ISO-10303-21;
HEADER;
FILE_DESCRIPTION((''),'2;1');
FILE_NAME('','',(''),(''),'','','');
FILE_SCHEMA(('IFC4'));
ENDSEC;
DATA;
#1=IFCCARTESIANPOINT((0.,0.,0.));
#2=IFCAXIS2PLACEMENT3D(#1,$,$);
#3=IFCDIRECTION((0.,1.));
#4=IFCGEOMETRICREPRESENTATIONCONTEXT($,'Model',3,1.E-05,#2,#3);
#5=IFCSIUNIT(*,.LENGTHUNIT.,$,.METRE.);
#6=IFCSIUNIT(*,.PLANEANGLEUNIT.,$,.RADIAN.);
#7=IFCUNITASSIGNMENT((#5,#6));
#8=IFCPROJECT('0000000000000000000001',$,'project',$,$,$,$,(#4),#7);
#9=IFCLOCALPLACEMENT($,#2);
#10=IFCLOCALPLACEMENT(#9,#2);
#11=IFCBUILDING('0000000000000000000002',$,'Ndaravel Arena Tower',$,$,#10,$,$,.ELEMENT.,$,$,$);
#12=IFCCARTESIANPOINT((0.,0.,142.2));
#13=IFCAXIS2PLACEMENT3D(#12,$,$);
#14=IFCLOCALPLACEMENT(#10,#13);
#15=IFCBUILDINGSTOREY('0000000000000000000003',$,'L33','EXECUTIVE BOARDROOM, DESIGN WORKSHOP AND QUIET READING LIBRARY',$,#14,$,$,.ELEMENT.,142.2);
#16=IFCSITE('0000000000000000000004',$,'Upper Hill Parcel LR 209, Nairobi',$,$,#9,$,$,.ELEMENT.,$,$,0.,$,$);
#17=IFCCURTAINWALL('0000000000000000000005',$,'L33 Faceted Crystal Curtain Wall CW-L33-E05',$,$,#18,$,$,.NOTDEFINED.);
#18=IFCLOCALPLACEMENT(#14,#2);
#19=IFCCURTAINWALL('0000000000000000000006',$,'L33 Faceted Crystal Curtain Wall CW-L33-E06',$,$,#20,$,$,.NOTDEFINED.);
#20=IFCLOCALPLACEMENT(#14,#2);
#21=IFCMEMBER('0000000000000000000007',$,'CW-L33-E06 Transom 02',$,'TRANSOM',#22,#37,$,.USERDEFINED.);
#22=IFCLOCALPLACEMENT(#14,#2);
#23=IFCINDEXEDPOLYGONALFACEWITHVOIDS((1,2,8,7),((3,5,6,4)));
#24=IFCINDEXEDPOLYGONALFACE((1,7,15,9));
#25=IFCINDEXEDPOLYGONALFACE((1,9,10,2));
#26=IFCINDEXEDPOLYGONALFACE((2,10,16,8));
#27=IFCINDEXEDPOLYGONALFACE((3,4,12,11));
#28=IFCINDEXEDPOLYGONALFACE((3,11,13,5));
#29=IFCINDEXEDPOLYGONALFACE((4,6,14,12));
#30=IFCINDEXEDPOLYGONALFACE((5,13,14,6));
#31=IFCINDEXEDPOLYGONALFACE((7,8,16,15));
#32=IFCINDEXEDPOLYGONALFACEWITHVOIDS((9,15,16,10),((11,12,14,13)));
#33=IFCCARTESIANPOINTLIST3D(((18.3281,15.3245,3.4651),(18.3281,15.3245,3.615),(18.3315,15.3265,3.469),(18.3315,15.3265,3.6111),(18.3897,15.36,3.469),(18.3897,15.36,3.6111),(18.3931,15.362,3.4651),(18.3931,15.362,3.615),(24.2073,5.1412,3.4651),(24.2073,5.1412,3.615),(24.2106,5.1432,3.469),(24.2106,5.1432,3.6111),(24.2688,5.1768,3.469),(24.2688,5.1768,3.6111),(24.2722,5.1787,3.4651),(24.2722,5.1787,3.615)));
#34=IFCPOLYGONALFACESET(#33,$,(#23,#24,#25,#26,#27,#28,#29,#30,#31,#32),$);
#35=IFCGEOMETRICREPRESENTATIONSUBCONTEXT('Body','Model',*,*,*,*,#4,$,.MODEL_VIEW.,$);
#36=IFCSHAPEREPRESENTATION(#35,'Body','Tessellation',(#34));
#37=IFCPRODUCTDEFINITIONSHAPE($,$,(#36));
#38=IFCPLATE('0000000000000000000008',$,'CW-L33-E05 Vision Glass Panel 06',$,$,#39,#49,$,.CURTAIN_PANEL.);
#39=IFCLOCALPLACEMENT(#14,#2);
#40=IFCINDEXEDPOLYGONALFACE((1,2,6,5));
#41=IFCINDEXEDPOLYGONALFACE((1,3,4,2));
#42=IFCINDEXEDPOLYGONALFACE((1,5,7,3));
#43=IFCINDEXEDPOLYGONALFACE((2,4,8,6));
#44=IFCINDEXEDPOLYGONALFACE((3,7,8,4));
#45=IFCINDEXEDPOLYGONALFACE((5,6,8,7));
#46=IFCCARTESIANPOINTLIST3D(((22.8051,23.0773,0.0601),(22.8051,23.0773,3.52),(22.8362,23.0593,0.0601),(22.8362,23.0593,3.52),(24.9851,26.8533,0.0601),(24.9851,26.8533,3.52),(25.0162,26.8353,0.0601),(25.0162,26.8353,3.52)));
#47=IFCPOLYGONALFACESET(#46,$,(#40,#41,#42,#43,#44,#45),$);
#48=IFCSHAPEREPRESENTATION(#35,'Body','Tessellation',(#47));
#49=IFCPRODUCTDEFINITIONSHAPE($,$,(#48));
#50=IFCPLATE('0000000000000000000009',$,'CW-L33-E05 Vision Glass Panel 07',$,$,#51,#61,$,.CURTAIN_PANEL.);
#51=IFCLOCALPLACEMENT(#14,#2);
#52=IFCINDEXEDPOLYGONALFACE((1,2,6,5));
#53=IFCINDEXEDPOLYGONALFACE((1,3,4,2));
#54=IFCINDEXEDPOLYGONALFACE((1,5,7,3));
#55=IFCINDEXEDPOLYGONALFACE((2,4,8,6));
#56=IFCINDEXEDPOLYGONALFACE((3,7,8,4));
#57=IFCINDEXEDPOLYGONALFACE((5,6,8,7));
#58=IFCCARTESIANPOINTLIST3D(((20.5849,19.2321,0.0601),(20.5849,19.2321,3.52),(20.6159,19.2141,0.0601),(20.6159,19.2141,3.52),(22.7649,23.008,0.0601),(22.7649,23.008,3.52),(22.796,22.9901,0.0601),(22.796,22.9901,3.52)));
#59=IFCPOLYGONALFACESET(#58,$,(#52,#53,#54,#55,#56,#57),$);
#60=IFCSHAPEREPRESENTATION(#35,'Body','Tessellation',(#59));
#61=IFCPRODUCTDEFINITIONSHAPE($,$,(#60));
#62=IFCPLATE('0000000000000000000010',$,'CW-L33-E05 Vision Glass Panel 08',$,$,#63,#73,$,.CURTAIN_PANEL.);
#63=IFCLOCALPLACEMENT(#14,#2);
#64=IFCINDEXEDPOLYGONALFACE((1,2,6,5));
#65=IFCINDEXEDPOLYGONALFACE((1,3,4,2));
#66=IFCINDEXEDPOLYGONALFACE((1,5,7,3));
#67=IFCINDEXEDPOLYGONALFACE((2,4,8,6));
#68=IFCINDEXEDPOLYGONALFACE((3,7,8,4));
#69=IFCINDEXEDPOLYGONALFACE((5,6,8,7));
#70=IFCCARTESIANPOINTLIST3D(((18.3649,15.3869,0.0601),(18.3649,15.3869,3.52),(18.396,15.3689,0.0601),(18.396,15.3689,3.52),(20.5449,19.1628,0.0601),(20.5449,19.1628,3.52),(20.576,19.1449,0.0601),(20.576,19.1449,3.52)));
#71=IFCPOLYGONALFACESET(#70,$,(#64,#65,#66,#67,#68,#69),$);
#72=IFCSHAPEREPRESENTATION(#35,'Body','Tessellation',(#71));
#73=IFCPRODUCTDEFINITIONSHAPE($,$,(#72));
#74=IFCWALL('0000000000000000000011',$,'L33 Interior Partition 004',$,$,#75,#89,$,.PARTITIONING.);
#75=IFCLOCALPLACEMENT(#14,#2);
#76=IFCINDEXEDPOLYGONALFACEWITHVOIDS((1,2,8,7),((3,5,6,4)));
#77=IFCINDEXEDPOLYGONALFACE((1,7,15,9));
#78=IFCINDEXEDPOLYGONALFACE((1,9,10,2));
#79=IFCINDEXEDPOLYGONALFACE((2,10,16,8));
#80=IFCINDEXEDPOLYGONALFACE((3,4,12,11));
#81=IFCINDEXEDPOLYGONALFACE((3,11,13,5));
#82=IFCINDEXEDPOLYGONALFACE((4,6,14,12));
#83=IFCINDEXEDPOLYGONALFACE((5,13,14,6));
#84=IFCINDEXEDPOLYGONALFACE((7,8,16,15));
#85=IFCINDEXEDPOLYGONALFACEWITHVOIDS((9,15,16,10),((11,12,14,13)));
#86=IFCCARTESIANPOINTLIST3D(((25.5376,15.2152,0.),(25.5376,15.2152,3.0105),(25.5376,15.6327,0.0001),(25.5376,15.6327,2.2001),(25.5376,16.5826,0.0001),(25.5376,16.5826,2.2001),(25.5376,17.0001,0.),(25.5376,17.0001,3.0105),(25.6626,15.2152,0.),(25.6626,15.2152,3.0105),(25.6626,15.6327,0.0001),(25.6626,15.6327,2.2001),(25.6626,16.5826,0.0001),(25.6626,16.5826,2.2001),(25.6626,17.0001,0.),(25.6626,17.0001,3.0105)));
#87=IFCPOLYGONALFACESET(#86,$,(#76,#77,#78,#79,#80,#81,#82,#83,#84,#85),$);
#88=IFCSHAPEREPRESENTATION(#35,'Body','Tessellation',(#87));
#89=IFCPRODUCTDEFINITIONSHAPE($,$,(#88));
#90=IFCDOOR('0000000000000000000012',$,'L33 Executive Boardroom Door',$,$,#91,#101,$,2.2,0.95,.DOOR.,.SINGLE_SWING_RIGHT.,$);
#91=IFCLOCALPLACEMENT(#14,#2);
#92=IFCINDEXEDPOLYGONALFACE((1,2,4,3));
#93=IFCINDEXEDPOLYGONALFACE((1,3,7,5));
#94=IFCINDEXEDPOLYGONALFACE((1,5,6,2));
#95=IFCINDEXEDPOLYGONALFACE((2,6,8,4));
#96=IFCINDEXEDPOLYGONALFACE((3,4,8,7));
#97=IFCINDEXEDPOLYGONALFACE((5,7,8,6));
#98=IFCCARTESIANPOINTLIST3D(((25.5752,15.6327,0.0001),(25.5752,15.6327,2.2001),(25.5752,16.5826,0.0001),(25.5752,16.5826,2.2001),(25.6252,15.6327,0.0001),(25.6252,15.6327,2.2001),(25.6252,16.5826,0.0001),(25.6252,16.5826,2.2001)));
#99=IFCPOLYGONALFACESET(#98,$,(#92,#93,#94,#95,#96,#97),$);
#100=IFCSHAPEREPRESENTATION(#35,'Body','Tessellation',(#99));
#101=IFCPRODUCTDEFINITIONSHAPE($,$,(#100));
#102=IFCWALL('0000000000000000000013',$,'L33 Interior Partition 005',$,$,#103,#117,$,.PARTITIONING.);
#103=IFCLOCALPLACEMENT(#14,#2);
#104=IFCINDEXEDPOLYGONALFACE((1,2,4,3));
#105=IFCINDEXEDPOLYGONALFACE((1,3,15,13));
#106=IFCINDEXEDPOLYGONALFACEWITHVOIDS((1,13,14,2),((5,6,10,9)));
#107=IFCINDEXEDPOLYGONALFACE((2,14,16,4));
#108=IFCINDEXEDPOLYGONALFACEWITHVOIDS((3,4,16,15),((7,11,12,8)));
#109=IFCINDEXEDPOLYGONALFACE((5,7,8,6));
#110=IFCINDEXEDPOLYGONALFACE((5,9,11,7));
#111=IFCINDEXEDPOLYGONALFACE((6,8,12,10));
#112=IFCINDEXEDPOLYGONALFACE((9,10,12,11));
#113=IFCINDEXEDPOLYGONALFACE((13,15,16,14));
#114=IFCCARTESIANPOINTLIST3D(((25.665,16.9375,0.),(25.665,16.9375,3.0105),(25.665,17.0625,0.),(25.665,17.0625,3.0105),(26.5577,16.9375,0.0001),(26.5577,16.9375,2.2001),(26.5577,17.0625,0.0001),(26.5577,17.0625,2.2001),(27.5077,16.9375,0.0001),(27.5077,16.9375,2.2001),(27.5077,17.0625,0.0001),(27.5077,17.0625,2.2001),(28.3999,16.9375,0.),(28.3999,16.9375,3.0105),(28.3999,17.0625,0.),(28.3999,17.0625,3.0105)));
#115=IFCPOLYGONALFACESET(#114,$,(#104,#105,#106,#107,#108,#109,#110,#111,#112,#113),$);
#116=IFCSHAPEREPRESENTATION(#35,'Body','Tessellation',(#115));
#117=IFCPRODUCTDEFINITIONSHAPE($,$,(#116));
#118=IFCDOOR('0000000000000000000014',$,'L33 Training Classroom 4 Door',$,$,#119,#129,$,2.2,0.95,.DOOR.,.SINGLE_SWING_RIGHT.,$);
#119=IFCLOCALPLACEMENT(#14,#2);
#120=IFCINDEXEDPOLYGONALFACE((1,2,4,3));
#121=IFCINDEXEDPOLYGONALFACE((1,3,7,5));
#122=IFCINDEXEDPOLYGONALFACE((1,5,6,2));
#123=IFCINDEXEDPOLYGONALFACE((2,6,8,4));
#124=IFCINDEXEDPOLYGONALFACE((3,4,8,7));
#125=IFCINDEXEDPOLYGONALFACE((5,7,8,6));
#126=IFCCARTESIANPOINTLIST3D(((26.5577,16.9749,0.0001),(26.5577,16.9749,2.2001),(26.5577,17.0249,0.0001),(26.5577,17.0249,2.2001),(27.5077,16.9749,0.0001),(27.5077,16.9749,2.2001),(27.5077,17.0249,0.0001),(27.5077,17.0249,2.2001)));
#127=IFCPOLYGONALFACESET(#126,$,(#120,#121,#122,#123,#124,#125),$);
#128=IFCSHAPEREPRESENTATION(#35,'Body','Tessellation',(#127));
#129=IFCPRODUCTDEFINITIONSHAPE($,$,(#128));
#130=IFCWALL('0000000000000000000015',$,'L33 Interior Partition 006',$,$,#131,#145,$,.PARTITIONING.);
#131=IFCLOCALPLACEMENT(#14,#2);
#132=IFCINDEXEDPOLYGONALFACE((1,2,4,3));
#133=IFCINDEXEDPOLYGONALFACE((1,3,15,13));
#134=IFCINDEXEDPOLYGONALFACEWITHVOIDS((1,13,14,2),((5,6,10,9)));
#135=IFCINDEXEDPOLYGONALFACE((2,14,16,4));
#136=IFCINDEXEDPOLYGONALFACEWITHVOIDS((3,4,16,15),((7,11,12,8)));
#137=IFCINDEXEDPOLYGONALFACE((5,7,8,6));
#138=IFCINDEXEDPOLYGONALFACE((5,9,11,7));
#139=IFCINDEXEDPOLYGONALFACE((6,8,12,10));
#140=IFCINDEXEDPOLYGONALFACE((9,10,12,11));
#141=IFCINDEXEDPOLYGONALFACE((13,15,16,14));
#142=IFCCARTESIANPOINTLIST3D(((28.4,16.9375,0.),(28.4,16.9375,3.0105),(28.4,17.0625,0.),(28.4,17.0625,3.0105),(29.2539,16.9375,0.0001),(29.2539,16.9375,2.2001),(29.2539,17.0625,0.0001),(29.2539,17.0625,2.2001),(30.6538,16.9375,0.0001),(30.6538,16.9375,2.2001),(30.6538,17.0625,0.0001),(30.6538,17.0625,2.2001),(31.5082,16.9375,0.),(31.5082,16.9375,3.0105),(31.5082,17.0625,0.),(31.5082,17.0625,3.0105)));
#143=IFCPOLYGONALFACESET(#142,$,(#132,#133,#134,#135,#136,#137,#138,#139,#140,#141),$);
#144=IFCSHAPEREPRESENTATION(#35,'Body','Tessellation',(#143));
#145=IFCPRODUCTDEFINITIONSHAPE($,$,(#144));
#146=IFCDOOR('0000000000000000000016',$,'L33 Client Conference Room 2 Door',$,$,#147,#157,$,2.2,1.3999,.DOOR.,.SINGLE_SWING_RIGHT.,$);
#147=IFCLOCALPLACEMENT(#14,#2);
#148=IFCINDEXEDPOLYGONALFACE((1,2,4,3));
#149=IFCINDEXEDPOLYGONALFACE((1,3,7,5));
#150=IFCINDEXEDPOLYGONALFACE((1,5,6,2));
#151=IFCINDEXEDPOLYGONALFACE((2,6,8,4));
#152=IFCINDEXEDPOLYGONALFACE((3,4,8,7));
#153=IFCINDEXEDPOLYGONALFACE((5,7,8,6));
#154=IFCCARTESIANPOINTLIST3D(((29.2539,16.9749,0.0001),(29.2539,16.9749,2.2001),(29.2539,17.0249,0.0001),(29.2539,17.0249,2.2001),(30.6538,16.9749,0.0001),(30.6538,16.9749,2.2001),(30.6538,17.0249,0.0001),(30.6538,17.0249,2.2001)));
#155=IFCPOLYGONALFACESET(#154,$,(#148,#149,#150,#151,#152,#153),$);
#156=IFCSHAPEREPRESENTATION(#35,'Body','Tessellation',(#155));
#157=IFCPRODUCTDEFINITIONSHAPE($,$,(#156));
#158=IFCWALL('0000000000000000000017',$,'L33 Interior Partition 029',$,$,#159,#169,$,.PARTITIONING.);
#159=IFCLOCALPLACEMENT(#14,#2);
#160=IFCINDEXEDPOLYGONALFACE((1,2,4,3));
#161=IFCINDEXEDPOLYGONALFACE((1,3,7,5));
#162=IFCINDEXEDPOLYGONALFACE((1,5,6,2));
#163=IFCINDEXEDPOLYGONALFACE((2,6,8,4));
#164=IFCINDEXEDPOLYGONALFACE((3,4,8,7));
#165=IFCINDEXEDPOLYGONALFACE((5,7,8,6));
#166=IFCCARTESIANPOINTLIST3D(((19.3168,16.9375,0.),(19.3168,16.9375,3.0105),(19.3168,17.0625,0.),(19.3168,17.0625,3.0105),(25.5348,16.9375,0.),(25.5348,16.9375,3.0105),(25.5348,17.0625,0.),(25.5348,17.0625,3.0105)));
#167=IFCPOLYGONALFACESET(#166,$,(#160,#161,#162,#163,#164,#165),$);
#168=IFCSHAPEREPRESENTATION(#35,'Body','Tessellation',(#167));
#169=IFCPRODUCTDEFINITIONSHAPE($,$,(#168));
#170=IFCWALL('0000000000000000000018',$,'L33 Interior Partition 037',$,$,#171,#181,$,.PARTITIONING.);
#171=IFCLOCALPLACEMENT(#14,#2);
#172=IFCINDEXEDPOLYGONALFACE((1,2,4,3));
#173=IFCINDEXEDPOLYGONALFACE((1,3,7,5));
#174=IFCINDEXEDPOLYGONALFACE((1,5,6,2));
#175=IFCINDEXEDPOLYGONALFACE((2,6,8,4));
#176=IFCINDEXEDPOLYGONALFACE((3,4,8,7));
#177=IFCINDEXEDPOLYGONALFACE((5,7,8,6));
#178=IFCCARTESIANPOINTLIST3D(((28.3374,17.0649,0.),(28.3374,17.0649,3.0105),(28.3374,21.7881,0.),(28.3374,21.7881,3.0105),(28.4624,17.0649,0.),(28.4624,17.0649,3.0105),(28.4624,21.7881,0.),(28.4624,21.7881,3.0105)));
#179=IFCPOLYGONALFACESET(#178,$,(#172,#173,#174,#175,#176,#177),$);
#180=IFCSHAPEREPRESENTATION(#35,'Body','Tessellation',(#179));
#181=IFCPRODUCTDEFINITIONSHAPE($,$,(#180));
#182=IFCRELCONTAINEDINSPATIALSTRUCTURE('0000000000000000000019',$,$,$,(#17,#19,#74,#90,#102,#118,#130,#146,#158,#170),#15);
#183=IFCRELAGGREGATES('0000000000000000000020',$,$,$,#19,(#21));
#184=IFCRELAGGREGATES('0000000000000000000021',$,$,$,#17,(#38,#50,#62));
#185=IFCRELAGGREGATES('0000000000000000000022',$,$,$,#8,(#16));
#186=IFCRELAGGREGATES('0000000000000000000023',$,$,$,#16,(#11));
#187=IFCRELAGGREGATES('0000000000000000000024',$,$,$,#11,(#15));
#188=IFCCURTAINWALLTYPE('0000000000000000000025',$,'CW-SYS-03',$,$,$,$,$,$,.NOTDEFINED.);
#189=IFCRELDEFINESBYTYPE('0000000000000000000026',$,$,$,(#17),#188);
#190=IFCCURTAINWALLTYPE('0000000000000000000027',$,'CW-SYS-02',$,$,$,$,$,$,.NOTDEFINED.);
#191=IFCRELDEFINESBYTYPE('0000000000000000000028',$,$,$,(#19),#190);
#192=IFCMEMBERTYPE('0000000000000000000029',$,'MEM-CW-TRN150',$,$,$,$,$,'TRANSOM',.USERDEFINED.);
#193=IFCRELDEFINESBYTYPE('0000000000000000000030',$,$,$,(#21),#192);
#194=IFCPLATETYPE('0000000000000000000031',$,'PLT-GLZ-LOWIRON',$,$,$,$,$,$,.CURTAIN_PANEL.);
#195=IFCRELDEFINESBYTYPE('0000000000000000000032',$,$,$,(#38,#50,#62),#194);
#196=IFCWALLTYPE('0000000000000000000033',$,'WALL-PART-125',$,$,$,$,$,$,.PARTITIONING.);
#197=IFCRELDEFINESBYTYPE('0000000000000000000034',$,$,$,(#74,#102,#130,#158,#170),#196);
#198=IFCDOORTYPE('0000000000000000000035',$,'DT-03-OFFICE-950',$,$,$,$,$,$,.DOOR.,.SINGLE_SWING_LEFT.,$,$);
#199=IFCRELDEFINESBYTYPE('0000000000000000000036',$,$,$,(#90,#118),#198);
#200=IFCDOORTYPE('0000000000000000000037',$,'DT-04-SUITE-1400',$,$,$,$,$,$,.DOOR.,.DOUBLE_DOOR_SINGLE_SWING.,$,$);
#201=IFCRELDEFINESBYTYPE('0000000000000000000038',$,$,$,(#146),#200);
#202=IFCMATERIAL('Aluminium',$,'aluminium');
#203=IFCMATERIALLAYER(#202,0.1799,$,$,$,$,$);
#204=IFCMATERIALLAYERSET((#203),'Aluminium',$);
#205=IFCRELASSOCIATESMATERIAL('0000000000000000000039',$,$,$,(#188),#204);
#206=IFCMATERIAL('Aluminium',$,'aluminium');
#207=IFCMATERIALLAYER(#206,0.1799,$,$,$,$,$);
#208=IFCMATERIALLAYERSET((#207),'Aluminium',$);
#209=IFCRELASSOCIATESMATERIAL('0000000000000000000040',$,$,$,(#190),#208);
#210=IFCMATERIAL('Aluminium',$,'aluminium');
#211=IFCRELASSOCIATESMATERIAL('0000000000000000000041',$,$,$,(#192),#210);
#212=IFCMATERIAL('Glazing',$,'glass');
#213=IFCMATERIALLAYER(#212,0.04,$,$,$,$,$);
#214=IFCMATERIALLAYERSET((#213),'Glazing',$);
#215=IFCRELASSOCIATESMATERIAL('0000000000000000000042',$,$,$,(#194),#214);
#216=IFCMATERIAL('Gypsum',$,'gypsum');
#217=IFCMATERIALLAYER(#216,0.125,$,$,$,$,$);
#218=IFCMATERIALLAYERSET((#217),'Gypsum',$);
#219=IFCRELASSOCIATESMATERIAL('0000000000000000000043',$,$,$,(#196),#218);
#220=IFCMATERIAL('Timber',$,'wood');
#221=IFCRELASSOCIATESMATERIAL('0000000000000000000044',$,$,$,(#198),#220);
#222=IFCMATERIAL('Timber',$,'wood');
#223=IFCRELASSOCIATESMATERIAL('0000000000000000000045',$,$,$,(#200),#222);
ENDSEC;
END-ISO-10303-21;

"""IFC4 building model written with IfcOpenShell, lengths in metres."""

from ifc_helpers import new_model, si_unit, direction, frame, frame_2d, origin, origin_2d, place, context, subcontext, project, spatial, rectangle, hollow_rectangle, extrude, material, layer, layer_set, material_profile, profile_set, type_object, element, fill, aggregate, save


model = new_model("IFC4")

# Units and contexts
model_context = context("Model", 3, precision=1e-05, world=origin(), true_north=direction((0.0, 1.0)))
body_context = subcontext(model_context, "Body", "Model", "MODEL_VIEW")
ifc_project = project(units=[si_unit("LENGTHUNIT", "METRE"), si_unit("PLANEANGLEUNIT", "RADIAN")], contexts=[model_context])

# Site, building, storey
site_placement = place(None, origin())
site = spatial("IfcSite", under=ifc_project, at=site_placement, Name="Upper Hill Parcel LR 209, Nairobi", CompositionType="ELEMENT", RefElevation=0.0)
building_placement = place(site_placement, origin())
building = spatial("IfcBuilding", under=site, at=building_placement, Name="Ndaravel Arena Tower", CompositionType="ELEMENT")
storey_placement = place(building_placement, frame((0.0, 0.0, 142.2)))
storey = spatial("IfcBuildingStorey", under=building, at=storey_placement, Name="L33", Description="EXECUTIVE BOARDROOM, DESIGN WORKSHOP AND QUIET READING LIBRARY", CompositionType="ELEMENT", Elevation=142.2)

# Curtain walls, member
ifc_material_1 = material(Name="Aluminium", Category="aluminium")
ifc_layer_1 = layer(ifc_material_1, 0.1799)
ifc_layer_set_1 = layer_set([ifc_layer_1], Name="Aluminium")
curtain_wall_type_1 = type_object("IfcCurtainWallType", Name="CW-SYS-03", PredefinedType="NOTDEFINED", material=ifc_layer_set_1)
curtain_wall_1_placement = place(storey_placement, origin())
curtain_wall_1 = element("IfcCurtainWall", 1, at=curtain_wall_1_placement, inside=storey, type_object=curtain_wall_type_1, Name="L33 Faceted Crystal Curtain Wall CW-L33-E05", PredefinedType="NOTDEFINED")
ifc_material_2 = material(Name="Aluminium", Category="aluminium")
ifc_layer_2 = layer(ifc_material_2, 0.1799)
ifc_layer_set_2 = layer_set([ifc_layer_2], Name="Aluminium")
curtain_wall_type_2 = type_object("IfcCurtainWallType", Name="CW-SYS-02", PredefinedType="NOTDEFINED", material=ifc_layer_set_2)
curtain_wall_2_placement = place(storey_placement, origin())
curtain_wall_2 = element("IfcCurtainWall", 2, at=curtain_wall_2_placement, inside=storey, type_object=curtain_wall_type_2, Name="L33 Faceted Crystal Curtain Wall CW-L33-E06", PredefinedType="NOTDEFINED")
ifc_material_3 = material(Name="Aluminium", Category="aluminium")
ifc_material_profile_1 = material_profile(ifc_material_3, hollow_rectangle(XDim=0.075, YDim=0.1499, WallThickness=0.0039, at=origin_2d()), Name="CW TRANSOM 75x150x4")
ifc_profile_set_1 = profile_set([ifc_material_profile_1], Name="Aluminium")
member_type_1 = type_object("IfcMemberType", Name="MEM-CW-TRN150", ElementType="TRANSOM", PredefinedType="USERDEFINED", material=ifc_profile_set_1)
member_1_placement = place(storey_placement, frame((18.3606, 15.3433, 3.54), z_axis=(0.499987, -0.866033, 0.0), x_axis=(0.866033, 0.499987, 0.0)))
member_1 = element("IfcMember", 3, at=member_1_placement, type_object=member_type_1, Name="CW-L33-E06 Transom 02", ObjectType="TRANSOM", PredefinedType="USERDEFINED", context=body_context, shape_type="SweptSolid", body=[
    extrude(hollow_rectangle(XDim=0.075, YDim=0.1499, WallThickness=0.0039, at=origin_2d()), origin(), (0.0, 0.0, 1.0), 11.7585),
])
aggregate(curtain_wall_2, [member_1])

# Plates
ifc_material_4 = material(Name="Glazing", Category="glass")
ifc_layer_3 = layer(ifc_material_4, 0.04)
ifc_layer_set_3 = layer_set([ifc_layer_3], Name="Glazing")
plate_type = type_object("IfcPlateType", Name="PLT-GLZ-LOWIRON", PredefinedType="CURTAIN_PANEL", material=ifc_layer_set_3)
plate_1_placement = place(storey_placement, frame((23.9106, 24.9563, 0.0601), z_axis=(0.0, 0.0, 1.0), x_axis=(-0.5, -0.866025, 0.0)))
plate_1 = element("IfcPlate", 4, at=plate_1_placement, type_object=plate_type, Name="CW-L33-E05 Vision Glass Panel 06", PredefinedType="CURTAIN_PANEL", context=body_context, shape_type="SweptSolid", body=[
    extrude(rectangle(XDim=4.3601, YDim=0.0359, at=origin_2d()), origin(), (0.0, 0.0, 1.0), 3.46),
])
plate_2_placement = place(storey_placement, frame((21.6904, 21.1111, 0.0601), z_axis=(0.0, 0.0, 1.0), x_axis=(-0.5, -0.866025, 0.0)))
plate_2 = element("IfcPlate", 5, at=plate_2_placement, type_object=plate_type, Name="CW-L33-E05 Vision Glass Panel 07", PredefinedType="CURTAIN_PANEL", context=body_context, shape_type="SweptSolid", body=[
    extrude(rectangle(XDim=4.3601, YDim=0.0359, at=origin_2d()), origin(), (0.0, 0.0, 1.0), 3.46),
])
plate_3_placement = place(storey_placement, frame((19.4705, 17.2659, 0.0601), z_axis=(0.0, 0.0, 1.0), x_axis=(-0.5, -0.866025, 0.0)))
plate_3 = element("IfcPlate", 6, at=plate_3_placement, type_object=plate_type, Name="CW-L33-E05 Vision Glass Panel 08", PredefinedType="CURTAIN_PANEL", context=body_context, shape_type="SweptSolid", body=[
    extrude(rectangle(XDim=4.3601, YDim=0.0359, at=origin_2d()), origin(), (0.0, 0.0, 1.0), 3.46),
])
aggregate(curtain_wall_1, [plate_1, plate_2, plate_3])

# Walls, openings, doors
ifc_material_5 = material(Name="Gypsum", Category="gypsum")
ifc_layer_4 = layer(ifc_material_5, 0.125)
ifc_layer_set_4 = layer_set([ifc_layer_4], Name="Gypsum")
wall_type_1 = type_object("IfcWallType", Name="WALL-PART-125", PredefinedType="PARTITIONING", material=ifc_layer_set_4)
wall_1_placement = place(storey_placement, frame((25.6001, 15.2151, 0.0), z_axis=(0.0, 0.0, 1.0), x_axis=(0.0, 1.0, 0.0)))
wall_1 = element("IfcWall", 7, at=wall_1_placement, inside=storey, type_object=wall_type_1, Name="L33 Interior Partition 004", PredefinedType="PARTITIONING", context=body_context, shape_type="SweptSolid", body=[
    extrude(rectangle(XDim=1.7849, YDim=0.125, at=frame_2d((0.8926, 0.0))), origin(), (0.0, 0.0, 1.0), 3.0105),
])
opening_1_placement = place(wall_1_placement, frame((0.4175, 0.0, 0.0)))
opening_1 = element("IfcOpeningElement", 8, at=opening_1_placement, cuts=wall_1, PredefinedType="OPENING", context=body_context, shape_type="SweptSolid", body=[
    extrude(rectangle(XDim=0.95, YDim=2.2, at=frame_2d((0.4751, 1.1001))), frame((0.0, 0.0625, 0.0), z_axis=(0.0, -1.0, 0.0), x_axis=(1.0, 0.0, 0.0)), (0.0, 0.0, 1.0), 0.125),
])
ifc_material_6 = material(Name="Timber", Category="wood")
door_type_1 = type_object("IfcDoorType", Name="DT-03-OFFICE-950", OperationType="SINGLE_SWING_LEFT", PredefinedType="DOOR", material=ifc_material_6)
door_1_placement = place(opening_1_placement, origin())
door_1 = element("IfcDoor", 9, at=door_1_placement, inside=storey, type_object=door_type_1, Name="L33 Executive Boardroom Door", OperationType="SINGLE_SWING_RIGHT", OverallHeight=2.2, OverallWidth=0.95, PredefinedType="DOOR", context=body_context, shape_type="SweptSolid", body=[
    extrude(rectangle(XDim=0.95, YDim=2.2, at=frame_2d((0.4751, 1.1001))), frame((0.0, 0.0249, 0.0), z_axis=(0.0, -1.0, 0.0), x_axis=(1.0, 0.0, 0.0)), (0.0, 0.0, 1.0), 0.05),
])
fill(opening_1, door_1)
wall_2_placement = place(storey_placement, frame((25.665, 17.0, 0.0), z_axis=(0.0, 0.0, 1.0), x_axis=(1.0, 0.0, 0.0)))
wall_2 = element("IfcWall", 10, at=wall_2_placement, inside=storey, type_object=wall_type_1, Name="L33 Interior Partition 005", PredefinedType="PARTITIONING", context=body_context, shape_type="SweptSolid", body=[
    extrude(rectangle(XDim=2.7349, YDim=0.125, at=frame_2d((1.3674, 0.0))), origin(), (0.0, 0.0, 1.0), 3.0105),
])
opening_2_placement = place(wall_2_placement, frame((0.8926, 0.0, 0.0)))
opening_2 = element("IfcOpeningElement", 11, at=opening_2_placement, cuts=wall_2, PredefinedType="OPENING", context=body_context, shape_type="SweptSolid", body=[
    extrude(rectangle(XDim=0.95, YDim=2.2, at=frame_2d((0.4751, 1.1001))), frame((0.0, 0.0625, 0.0), z_axis=(0.0, -1.0, 0.0), x_axis=(1.0, 0.0, 0.0)), (0.0, 0.0, 1.0), 0.125),
])
door_2_placement = place(opening_2_placement, origin())
door_2 = element("IfcDoor", 12, at=door_2_placement, inside=storey, type_object=door_type_1, Name="L33 Training Classroom 4 Door", OperationType="SINGLE_SWING_RIGHT", OverallHeight=2.2, OverallWidth=0.95, PredefinedType="DOOR", context=body_context, shape_type="SweptSolid", body=[
    extrude(rectangle(XDim=0.95, YDim=2.2, at=frame_2d((0.4751, 1.1001))), frame((0.0, 0.0249, 0.0), z_axis=(0.0, -1.0, 0.0), x_axis=(1.0, 0.0, 0.0)), (0.0, 0.0, 1.0), 0.05),
])
fill(opening_2, door_2)
wall_3_placement = place(storey_placement, frame((28.3999, 17.0, 0.0), z_axis=(0.0, 0.0, 1.0), x_axis=(1.0, 0.0, 0.0)))
wall_3 = element("IfcWall", 13, at=wall_3_placement, inside=storey, type_object=wall_type_1, Name="L33 Interior Partition 006", PredefinedType="PARTITIONING", context=body_context, shape_type="SweptSolid", body=[
    extrude(rectangle(XDim=3.1082, YDim=0.125, at=frame_2d((1.5542, 0.0))), origin(), (0.0, 0.0, 1.0), 3.0105),
])
opening_3_placement = place(wall_3_placement, frame((0.854, 0.0, 0.0)))
opening_3 = element("IfcOpeningElement", 14, at=opening_3_placement, cuts=wall_3, PredefinedType="OPENING", context=body_context, shape_type="SweptSolid", body=[
    extrude(rectangle(XDim=1.3999, YDim=2.2, at=frame_2d((0.7, 1.1001))), frame((0.0, 0.0625, 0.0), z_axis=(0.0, -1.0, 0.0), x_axis=(1.0, 0.0, 0.0)), (0.0, 0.0, 1.0), 0.125),
])
ifc_material_7 = material(Name="Timber", Category="wood")
door_type_2 = type_object("IfcDoorType", Name="DT-04-SUITE-1400", OperationType="DOUBLE_DOOR_SINGLE_SWING", PredefinedType="DOOR", material=ifc_material_7)
door_3_placement = place(opening_3_placement, origin())
door_3 = element("IfcDoor", 15, at=door_3_placement, inside=storey, type_object=door_type_2, Name="L33 Client Conference Room 2 Door", OperationType="SINGLE_SWING_RIGHT", OverallHeight=2.2, OverallWidth=1.3999, PredefinedType="DOOR", context=body_context, shape_type="SweptSolid", body=[
    extrude(rectangle(XDim=1.3999, YDim=2.2, at=frame_2d((0.7, 1.1001))), frame((0.0, 0.0249, 0.0), z_axis=(0.0, -1.0, 0.0), x_axis=(1.0, 0.0, 0.0)), (0.0, 0.0, 1.0), 0.05),
])
fill(opening_3, door_3)

# Walls
wall_4_placement = place(storey_placement, frame((19.3169, 17.0, 0.0), z_axis=(0.0, 0.0, 1.0), x_axis=(1.0, 0.0, 0.0)))
element("IfcWall", 16, at=wall_4_placement, inside=storey, type_object=wall_type_1, Name="L33 Interior Partition 029", PredefinedType="PARTITIONING", context=body_context, shape_type="SweptSolid", body=[
    extrude(rectangle(XDim=6.218, YDim=0.125, at=frame_2d((3.1089, 0.0))), origin(), (0.0, 0.0, 1.0), 3.0105),
])
wall_5_placement = place(storey_placement, frame((28.3999, 17.0649, 0.0), z_axis=(0.0, 0.0, 1.0), x_axis=(0.0, 1.0, 0.0)))
element("IfcWall", 17, at=wall_5_placement, inside=storey, type_object=wall_type_1, Name="L33 Interior Partition 037", PredefinedType="PARTITIONING", context=body_context, shape_type="SweptSolid", body=[
    extrude(rectangle(XDim=4.7231, YDim=0.125, at=frame_2d((2.3616, 0.0))), origin(), (0.0, 0.0, 1.0), 3.0105),
])

save(model, "model.ifc")
